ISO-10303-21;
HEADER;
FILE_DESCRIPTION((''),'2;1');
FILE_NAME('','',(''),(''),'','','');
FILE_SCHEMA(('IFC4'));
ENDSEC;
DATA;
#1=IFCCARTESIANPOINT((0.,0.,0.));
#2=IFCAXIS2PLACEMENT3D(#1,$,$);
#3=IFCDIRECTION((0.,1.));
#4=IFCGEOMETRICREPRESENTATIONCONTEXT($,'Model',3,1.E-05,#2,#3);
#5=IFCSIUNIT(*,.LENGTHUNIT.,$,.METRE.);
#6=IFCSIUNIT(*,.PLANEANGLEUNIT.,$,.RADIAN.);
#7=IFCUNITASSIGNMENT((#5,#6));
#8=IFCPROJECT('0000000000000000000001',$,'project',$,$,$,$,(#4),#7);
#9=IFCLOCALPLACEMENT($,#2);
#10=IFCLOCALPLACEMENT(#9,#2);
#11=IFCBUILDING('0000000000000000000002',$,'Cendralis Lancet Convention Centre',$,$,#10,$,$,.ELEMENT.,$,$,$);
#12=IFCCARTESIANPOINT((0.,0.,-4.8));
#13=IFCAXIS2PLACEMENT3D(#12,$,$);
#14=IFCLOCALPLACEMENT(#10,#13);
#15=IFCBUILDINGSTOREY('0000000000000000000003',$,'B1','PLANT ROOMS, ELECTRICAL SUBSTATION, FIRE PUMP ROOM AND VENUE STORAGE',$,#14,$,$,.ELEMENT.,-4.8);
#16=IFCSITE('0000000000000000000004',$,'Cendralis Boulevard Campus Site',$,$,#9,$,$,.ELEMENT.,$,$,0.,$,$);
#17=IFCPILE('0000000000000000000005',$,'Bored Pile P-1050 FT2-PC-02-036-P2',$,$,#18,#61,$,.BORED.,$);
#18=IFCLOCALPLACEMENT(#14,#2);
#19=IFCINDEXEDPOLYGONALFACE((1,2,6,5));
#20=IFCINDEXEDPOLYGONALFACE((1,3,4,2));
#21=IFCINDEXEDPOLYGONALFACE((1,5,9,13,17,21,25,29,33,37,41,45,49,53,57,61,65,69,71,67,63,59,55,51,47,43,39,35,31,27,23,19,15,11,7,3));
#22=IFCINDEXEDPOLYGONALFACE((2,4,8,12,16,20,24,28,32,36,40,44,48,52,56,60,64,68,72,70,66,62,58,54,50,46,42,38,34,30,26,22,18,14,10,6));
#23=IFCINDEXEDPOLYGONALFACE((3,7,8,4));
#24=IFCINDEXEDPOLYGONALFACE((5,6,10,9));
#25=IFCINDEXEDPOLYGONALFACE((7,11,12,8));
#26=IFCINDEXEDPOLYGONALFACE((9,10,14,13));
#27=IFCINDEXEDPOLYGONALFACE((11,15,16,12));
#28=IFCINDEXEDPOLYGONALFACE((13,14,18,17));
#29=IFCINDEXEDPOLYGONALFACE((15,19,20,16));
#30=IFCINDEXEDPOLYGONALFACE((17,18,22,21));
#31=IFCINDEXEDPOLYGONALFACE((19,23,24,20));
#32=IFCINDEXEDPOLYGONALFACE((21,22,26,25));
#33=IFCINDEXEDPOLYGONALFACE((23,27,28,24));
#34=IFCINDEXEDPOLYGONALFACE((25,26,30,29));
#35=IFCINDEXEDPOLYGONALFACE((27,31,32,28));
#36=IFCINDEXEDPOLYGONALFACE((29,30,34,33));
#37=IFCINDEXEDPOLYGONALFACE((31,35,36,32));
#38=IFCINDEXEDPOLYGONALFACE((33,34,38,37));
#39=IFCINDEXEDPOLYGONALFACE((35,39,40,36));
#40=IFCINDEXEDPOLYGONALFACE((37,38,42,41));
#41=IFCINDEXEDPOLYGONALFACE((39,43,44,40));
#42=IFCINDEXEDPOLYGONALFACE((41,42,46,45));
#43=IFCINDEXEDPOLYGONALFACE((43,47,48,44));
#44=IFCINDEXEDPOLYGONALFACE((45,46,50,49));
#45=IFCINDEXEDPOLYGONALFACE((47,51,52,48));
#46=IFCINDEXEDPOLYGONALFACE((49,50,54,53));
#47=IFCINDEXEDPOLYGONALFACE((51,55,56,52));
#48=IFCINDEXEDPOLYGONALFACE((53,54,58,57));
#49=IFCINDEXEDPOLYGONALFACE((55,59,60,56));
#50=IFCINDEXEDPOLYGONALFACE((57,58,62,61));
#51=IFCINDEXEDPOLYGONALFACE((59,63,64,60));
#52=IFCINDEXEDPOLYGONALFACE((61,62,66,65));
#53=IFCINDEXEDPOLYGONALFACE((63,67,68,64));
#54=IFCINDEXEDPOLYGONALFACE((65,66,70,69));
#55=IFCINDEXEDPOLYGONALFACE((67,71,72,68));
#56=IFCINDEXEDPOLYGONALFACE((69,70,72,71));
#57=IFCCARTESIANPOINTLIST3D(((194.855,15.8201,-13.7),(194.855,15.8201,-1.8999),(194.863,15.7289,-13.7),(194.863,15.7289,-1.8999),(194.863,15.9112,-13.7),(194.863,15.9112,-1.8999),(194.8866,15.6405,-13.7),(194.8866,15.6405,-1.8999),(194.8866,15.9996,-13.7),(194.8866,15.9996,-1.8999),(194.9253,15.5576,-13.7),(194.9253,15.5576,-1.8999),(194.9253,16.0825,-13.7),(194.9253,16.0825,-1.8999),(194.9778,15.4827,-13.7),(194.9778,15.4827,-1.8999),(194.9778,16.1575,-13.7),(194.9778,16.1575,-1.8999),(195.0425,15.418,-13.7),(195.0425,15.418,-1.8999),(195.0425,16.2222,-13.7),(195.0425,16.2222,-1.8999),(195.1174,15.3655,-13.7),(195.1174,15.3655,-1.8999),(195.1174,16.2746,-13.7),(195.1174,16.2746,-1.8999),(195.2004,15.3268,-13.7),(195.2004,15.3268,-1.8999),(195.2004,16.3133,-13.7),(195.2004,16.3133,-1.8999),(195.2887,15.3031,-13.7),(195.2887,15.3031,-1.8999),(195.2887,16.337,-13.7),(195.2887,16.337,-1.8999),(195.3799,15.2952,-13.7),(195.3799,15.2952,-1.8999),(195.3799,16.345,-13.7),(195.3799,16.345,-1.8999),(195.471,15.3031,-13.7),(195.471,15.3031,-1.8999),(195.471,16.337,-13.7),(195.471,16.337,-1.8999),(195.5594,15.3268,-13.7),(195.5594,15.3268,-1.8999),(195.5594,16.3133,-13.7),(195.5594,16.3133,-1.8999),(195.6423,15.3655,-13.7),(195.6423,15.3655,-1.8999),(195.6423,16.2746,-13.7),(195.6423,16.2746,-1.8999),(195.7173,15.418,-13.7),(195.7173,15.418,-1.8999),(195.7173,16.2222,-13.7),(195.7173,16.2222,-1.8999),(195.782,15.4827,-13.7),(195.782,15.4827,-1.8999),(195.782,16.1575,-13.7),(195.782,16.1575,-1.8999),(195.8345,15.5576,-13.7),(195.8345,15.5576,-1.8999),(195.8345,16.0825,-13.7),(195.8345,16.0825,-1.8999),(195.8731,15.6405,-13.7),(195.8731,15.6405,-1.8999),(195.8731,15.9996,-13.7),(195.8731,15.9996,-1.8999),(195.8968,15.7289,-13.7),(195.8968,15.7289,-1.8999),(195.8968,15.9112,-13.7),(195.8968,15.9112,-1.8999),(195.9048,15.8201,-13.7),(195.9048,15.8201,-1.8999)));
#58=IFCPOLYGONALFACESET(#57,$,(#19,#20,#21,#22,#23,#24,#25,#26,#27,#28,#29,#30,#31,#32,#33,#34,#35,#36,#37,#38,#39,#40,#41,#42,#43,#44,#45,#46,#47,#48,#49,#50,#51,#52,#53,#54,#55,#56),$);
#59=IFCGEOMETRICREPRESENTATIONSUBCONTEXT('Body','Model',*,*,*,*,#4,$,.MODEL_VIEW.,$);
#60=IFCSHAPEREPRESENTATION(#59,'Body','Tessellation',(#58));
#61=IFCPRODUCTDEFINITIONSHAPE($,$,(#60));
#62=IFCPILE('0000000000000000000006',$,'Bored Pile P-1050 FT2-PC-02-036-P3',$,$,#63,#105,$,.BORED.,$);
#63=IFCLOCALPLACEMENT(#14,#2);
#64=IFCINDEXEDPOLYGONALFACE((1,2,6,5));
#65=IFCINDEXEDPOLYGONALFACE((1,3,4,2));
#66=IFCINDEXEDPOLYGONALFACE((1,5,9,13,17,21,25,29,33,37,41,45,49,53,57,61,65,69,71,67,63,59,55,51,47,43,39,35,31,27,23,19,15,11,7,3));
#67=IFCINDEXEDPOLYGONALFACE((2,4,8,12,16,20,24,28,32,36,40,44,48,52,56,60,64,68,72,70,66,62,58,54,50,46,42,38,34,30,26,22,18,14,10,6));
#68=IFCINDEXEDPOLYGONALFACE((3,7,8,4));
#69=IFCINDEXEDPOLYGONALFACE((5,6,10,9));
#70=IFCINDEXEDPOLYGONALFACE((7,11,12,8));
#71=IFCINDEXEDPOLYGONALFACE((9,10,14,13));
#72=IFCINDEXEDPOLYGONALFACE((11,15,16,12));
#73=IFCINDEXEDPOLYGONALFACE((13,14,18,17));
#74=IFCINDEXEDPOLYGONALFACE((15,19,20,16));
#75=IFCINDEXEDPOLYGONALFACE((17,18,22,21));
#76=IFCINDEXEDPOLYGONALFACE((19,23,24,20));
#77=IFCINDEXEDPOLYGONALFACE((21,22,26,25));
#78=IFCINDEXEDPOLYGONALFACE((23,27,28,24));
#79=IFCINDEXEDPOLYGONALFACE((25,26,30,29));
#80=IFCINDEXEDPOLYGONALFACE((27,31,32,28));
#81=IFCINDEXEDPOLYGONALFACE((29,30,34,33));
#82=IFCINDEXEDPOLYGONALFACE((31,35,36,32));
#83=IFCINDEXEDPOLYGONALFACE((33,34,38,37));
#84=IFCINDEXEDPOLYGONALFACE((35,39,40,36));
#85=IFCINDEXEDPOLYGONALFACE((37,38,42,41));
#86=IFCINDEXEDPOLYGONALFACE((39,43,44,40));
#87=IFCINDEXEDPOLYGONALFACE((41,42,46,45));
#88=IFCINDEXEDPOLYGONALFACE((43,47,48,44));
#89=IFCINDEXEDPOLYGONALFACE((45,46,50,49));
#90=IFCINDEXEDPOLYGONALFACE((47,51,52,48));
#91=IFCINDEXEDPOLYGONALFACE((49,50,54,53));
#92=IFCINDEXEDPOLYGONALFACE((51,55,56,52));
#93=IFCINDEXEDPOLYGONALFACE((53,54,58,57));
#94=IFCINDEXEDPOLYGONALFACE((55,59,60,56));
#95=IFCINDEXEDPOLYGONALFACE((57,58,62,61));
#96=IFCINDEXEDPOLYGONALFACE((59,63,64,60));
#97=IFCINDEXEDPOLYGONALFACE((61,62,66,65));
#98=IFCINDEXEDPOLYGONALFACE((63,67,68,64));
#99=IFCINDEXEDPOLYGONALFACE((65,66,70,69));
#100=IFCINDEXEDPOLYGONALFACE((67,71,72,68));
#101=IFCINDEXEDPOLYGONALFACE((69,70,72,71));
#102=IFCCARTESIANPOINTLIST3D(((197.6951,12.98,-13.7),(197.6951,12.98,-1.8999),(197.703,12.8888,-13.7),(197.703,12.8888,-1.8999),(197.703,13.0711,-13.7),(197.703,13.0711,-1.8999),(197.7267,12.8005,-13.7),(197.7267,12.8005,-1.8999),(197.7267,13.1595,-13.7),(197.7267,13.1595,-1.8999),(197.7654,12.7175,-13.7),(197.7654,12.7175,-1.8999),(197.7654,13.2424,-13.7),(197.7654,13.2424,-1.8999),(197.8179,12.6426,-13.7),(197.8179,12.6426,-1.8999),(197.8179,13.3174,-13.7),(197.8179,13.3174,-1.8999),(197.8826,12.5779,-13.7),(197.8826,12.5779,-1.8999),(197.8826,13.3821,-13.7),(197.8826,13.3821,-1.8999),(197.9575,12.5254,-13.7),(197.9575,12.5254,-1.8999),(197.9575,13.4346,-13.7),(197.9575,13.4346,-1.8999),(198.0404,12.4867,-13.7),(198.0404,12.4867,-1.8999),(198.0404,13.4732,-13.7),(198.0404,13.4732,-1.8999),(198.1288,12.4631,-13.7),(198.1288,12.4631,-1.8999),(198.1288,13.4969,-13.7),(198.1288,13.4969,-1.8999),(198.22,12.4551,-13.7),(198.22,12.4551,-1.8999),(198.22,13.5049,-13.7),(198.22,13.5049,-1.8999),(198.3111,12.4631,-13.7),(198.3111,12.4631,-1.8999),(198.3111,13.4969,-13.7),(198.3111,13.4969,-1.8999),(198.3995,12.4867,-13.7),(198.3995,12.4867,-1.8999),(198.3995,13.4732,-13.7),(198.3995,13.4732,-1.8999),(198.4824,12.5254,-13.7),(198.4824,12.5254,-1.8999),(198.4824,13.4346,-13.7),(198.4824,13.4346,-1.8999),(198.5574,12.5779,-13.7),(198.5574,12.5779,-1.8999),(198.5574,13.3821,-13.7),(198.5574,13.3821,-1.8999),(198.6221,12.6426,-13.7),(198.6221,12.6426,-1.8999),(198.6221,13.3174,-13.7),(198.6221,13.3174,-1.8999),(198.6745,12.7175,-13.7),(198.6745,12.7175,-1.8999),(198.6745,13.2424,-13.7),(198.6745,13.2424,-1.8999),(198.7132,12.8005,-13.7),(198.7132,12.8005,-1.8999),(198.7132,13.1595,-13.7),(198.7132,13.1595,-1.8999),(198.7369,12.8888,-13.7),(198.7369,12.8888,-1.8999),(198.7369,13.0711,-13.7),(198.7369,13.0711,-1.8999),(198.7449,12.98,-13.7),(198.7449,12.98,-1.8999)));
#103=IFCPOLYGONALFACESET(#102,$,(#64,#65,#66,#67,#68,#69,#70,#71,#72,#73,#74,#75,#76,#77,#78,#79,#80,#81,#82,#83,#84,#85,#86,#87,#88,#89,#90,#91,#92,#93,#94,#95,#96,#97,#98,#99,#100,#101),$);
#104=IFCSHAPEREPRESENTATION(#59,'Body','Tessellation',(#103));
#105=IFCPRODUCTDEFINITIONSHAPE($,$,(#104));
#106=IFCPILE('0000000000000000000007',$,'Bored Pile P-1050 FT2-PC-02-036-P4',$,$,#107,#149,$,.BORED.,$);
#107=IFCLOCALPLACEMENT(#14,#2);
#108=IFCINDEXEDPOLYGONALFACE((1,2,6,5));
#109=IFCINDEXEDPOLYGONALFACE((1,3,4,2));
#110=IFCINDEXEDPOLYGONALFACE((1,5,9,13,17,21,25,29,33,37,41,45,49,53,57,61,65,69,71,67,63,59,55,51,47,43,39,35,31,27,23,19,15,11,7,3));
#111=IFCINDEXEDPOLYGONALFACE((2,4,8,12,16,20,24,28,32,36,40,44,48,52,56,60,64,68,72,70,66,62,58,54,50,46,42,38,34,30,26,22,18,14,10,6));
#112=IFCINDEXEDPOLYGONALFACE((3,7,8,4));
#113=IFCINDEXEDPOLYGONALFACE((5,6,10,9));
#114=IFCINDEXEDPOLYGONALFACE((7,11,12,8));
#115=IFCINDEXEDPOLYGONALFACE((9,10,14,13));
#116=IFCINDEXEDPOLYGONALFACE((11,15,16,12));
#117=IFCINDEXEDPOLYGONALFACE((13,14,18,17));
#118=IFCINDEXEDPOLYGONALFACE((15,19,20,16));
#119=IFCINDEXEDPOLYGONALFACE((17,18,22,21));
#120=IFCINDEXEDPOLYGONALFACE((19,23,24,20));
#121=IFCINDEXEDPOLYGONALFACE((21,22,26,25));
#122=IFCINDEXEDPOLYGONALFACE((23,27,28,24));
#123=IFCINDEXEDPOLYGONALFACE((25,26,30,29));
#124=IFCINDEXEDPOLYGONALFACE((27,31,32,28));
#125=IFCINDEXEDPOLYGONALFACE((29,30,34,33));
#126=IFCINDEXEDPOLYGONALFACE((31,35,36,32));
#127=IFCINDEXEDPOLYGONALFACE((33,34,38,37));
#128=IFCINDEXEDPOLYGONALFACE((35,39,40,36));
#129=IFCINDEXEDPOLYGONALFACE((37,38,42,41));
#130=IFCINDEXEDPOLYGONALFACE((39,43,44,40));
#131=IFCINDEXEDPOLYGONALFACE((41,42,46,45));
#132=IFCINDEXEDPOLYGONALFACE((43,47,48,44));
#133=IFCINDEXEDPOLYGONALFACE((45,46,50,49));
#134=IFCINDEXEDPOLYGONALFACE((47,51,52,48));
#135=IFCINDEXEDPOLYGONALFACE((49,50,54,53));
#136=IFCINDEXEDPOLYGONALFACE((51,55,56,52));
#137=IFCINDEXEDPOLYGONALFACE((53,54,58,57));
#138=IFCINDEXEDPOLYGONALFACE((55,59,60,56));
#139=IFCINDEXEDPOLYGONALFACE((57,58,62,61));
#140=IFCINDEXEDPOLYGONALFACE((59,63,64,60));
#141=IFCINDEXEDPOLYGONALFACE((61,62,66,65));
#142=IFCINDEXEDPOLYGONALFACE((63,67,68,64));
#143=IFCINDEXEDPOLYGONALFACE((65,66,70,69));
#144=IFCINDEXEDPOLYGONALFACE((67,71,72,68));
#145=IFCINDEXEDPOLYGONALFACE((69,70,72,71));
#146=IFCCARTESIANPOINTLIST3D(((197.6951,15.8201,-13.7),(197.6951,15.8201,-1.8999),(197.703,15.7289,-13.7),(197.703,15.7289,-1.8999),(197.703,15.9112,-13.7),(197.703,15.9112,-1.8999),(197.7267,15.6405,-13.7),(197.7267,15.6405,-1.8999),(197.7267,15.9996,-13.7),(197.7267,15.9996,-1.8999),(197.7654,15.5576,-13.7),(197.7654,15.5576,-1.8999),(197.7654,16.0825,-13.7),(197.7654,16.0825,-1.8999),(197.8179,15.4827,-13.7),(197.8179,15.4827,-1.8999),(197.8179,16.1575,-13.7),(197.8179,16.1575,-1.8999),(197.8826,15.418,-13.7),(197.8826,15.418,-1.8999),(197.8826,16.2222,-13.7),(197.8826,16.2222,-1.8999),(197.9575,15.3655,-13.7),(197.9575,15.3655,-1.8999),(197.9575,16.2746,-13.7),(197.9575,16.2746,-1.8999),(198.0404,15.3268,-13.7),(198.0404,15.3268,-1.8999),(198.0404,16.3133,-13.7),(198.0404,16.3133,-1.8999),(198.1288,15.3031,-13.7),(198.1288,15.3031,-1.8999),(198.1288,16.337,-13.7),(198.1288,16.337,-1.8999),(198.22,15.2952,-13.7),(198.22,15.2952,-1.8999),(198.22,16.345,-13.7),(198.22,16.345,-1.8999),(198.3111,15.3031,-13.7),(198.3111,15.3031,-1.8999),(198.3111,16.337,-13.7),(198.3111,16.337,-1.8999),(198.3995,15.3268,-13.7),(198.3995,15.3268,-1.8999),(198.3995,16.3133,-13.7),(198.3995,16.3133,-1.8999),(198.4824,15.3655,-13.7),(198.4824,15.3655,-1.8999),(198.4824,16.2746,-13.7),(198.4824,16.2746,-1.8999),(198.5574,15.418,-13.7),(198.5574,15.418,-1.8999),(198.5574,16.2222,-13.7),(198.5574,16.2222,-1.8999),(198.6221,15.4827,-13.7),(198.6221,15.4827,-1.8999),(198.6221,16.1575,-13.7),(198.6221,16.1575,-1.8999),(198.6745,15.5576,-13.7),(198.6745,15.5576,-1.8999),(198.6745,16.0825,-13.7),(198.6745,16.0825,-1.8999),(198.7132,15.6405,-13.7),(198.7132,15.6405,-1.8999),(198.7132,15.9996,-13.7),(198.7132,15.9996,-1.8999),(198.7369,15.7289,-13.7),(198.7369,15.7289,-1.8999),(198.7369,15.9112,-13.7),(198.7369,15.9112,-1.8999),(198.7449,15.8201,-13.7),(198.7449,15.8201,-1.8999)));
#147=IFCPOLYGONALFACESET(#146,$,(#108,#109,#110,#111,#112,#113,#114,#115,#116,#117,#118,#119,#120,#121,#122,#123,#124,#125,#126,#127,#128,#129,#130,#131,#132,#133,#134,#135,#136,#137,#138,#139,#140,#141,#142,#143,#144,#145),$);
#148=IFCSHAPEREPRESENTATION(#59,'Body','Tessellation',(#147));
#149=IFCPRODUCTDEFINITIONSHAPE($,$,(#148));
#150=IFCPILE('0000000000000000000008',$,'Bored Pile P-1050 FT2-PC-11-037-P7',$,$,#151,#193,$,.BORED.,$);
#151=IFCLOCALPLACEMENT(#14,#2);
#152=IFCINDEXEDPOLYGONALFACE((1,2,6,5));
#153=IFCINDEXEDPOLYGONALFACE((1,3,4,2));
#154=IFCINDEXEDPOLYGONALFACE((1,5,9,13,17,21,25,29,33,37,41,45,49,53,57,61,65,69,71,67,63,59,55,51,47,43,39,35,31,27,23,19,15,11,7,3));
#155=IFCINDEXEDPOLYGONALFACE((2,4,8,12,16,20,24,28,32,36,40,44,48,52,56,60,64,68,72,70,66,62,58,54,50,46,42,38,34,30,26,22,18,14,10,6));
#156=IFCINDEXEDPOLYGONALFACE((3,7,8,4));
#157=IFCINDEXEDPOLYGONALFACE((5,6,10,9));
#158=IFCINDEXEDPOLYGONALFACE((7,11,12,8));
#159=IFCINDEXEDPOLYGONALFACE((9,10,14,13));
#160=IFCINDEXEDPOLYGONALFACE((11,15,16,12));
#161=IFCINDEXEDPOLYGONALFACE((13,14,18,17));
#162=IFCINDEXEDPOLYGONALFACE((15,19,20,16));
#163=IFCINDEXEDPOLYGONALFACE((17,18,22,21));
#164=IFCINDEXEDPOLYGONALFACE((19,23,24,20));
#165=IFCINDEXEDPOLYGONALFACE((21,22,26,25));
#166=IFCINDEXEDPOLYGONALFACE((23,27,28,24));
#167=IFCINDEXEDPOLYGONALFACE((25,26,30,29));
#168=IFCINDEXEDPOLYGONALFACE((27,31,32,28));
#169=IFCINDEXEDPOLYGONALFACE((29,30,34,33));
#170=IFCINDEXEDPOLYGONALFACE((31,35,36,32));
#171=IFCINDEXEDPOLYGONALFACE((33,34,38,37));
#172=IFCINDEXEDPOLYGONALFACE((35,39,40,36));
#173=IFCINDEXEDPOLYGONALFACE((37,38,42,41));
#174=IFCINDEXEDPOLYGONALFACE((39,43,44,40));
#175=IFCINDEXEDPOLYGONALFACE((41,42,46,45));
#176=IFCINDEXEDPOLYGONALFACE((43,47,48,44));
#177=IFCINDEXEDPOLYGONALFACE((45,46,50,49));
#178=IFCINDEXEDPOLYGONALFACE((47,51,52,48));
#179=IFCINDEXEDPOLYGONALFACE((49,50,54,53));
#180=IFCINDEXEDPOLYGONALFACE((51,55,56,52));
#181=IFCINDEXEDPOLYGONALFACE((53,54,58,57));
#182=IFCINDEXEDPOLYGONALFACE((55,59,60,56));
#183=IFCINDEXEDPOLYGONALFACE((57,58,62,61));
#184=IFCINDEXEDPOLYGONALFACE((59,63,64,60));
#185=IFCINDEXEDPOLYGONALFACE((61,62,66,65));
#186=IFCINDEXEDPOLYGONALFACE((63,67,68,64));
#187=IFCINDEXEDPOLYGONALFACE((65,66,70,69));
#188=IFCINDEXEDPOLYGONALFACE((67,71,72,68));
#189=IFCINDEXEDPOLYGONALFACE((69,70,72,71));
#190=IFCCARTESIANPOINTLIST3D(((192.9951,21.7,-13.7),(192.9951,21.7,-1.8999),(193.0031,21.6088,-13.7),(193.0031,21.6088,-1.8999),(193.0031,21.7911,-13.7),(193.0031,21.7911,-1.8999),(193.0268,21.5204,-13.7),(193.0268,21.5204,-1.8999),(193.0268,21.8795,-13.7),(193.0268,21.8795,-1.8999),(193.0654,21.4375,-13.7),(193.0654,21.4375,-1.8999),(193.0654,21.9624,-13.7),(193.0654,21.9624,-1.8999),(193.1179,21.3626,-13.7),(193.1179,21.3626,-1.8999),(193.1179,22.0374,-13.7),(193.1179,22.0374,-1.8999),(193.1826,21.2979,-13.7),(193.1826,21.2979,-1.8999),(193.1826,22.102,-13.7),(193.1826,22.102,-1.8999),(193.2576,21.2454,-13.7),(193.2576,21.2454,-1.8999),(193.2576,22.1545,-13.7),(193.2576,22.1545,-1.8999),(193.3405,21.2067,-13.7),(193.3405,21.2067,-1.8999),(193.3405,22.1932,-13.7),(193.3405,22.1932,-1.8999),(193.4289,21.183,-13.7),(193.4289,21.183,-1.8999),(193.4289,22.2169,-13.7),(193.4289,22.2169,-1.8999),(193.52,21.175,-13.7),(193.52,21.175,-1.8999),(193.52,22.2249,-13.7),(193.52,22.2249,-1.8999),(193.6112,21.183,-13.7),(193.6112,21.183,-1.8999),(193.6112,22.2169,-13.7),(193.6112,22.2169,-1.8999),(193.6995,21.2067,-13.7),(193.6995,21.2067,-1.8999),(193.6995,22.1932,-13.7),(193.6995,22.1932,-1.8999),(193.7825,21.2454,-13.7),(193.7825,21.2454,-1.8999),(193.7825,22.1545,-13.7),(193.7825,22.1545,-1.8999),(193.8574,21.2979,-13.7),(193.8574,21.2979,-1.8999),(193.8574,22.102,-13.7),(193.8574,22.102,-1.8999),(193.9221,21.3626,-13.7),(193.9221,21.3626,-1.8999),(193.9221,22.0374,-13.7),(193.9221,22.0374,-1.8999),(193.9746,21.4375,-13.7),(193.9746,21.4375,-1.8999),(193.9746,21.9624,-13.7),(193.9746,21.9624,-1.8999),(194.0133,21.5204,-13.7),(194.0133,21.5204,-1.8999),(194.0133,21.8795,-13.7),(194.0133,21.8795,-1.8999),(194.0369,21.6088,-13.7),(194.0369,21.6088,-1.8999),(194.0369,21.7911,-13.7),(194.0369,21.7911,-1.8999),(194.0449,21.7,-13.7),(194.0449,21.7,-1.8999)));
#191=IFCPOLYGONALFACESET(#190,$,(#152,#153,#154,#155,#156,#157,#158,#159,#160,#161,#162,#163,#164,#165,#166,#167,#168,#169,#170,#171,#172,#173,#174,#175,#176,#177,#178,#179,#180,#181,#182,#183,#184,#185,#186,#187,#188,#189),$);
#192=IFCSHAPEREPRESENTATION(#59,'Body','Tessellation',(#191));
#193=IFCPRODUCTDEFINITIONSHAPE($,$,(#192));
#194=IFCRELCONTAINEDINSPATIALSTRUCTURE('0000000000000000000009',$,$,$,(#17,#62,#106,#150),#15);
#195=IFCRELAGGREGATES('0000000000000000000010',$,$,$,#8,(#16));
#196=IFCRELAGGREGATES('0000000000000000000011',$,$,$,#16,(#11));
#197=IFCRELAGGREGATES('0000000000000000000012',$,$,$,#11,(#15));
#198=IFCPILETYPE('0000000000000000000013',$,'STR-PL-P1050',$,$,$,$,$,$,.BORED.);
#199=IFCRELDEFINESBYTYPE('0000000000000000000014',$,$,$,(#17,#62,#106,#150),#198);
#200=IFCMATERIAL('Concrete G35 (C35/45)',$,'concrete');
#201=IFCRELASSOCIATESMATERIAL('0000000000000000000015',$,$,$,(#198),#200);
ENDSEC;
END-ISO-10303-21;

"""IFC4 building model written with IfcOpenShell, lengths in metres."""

from ifc_helpers import new_model, si_unit, direction, frame, origin, origin_2d, place, context, subcontext, project, spatial, circle, extrude, material, material_profile, profile_set, type_object, element, save


model = new_model("IFC4")

# Units and contexts
model_context = context("Model", 3, precision=1e-05, world=origin(), true_north=direction((0.0, 1.0)))
body_context = subcontext(model_context, "Body", "Model", "MODEL_VIEW")
ifc_project = project(units=[si_unit("LENGTHUNIT", "METRE"), si_unit("PLANEANGLEUNIT", "RADIAN")], contexts=[model_context])

# Site, building, storey
site_placement = place(None, origin())
site = spatial("IfcSite", under=ifc_project, at=site_placement, Name="Cendralis Boulevard Campus Site", CompositionType="ELEMENT", RefElevation=0.0)
building_placement = place(site_placement, origin())
building = spatial("IfcBuilding", under=site, at=building_placement, Name="Cendralis Lancet Convention Centre", CompositionType="ELEMENT")
storey_placement = place(building_placement, frame((0.0, 0.0, -4.8)))
storey = spatial("IfcBuildingStorey", under=building, at=storey_placement, Name="B1", Description="PLANT ROOMS, ELECTRICAL SUBSTATION, FIRE PUMP ROOM AND VENUE STORAGE", CompositionType="ELEMENT", Elevation=-4.8)

# Shared definitions
ifc_material_1 = material(Name="Concrete G35 (C35/45)", Category="concrete")

# Piles
ifc_material_profile_1 = material_profile(ifc_material_1, circle(Radius=0.5249, at=origin_2d()), Name="BORED PILE D1050")
ifc_profile_set_1 = profile_set([ifc_material_profile_1], Name="Concrete G35 (C35/45)")
pile_type = type_object("IfcPileType", Name="STR-PL-P1050", PredefinedType="BORED", material=ifc_profile_set_1)
for number, where, z_axis, x_axis, name in (
    (1, (195.3799, 15.8201, -1.8999), (0.0, 0.0, -1.0), (1.0, 0.0, 0.0), "Bored Pile P-1050 FT2-PC-02-036-P2"),
    (2, (198.22, 12.98, -1.8999), (0.0, 0.0, -1.0), (1.0, 0.0, 0.0), "Bored Pile P-1050 FT2-PC-02-036-P3"),
    (3, (198.22, 15.8201, -1.8999), (0.0, 0.0, -1.0), (1.0, 0.0, 0.0), "Bored Pile P-1050 FT2-PC-02-036-P4"),
    (4, (193.52, 21.7, -1.8999), (0.0, 0.0, -1.0), (1.0, 0.0, 0.0), "Bored Pile P-1050 FT2-PC-11-037-P7"),
):
    element("IfcPile", number, at=place(storey_placement, frame(where, z_axis=z_axis, x_axis=x_axis)), inside=storey, type_object=pile_type, Name=name, PredefinedType="BORED", context=body_context, shape_type="SweptSolid", body=[
        extrude(circle(Radius=0.5249, at=origin_2d()), origin(), (0.0, 0.0, 1.0), 11.8),
    ])

save(model, "model.ifc")
